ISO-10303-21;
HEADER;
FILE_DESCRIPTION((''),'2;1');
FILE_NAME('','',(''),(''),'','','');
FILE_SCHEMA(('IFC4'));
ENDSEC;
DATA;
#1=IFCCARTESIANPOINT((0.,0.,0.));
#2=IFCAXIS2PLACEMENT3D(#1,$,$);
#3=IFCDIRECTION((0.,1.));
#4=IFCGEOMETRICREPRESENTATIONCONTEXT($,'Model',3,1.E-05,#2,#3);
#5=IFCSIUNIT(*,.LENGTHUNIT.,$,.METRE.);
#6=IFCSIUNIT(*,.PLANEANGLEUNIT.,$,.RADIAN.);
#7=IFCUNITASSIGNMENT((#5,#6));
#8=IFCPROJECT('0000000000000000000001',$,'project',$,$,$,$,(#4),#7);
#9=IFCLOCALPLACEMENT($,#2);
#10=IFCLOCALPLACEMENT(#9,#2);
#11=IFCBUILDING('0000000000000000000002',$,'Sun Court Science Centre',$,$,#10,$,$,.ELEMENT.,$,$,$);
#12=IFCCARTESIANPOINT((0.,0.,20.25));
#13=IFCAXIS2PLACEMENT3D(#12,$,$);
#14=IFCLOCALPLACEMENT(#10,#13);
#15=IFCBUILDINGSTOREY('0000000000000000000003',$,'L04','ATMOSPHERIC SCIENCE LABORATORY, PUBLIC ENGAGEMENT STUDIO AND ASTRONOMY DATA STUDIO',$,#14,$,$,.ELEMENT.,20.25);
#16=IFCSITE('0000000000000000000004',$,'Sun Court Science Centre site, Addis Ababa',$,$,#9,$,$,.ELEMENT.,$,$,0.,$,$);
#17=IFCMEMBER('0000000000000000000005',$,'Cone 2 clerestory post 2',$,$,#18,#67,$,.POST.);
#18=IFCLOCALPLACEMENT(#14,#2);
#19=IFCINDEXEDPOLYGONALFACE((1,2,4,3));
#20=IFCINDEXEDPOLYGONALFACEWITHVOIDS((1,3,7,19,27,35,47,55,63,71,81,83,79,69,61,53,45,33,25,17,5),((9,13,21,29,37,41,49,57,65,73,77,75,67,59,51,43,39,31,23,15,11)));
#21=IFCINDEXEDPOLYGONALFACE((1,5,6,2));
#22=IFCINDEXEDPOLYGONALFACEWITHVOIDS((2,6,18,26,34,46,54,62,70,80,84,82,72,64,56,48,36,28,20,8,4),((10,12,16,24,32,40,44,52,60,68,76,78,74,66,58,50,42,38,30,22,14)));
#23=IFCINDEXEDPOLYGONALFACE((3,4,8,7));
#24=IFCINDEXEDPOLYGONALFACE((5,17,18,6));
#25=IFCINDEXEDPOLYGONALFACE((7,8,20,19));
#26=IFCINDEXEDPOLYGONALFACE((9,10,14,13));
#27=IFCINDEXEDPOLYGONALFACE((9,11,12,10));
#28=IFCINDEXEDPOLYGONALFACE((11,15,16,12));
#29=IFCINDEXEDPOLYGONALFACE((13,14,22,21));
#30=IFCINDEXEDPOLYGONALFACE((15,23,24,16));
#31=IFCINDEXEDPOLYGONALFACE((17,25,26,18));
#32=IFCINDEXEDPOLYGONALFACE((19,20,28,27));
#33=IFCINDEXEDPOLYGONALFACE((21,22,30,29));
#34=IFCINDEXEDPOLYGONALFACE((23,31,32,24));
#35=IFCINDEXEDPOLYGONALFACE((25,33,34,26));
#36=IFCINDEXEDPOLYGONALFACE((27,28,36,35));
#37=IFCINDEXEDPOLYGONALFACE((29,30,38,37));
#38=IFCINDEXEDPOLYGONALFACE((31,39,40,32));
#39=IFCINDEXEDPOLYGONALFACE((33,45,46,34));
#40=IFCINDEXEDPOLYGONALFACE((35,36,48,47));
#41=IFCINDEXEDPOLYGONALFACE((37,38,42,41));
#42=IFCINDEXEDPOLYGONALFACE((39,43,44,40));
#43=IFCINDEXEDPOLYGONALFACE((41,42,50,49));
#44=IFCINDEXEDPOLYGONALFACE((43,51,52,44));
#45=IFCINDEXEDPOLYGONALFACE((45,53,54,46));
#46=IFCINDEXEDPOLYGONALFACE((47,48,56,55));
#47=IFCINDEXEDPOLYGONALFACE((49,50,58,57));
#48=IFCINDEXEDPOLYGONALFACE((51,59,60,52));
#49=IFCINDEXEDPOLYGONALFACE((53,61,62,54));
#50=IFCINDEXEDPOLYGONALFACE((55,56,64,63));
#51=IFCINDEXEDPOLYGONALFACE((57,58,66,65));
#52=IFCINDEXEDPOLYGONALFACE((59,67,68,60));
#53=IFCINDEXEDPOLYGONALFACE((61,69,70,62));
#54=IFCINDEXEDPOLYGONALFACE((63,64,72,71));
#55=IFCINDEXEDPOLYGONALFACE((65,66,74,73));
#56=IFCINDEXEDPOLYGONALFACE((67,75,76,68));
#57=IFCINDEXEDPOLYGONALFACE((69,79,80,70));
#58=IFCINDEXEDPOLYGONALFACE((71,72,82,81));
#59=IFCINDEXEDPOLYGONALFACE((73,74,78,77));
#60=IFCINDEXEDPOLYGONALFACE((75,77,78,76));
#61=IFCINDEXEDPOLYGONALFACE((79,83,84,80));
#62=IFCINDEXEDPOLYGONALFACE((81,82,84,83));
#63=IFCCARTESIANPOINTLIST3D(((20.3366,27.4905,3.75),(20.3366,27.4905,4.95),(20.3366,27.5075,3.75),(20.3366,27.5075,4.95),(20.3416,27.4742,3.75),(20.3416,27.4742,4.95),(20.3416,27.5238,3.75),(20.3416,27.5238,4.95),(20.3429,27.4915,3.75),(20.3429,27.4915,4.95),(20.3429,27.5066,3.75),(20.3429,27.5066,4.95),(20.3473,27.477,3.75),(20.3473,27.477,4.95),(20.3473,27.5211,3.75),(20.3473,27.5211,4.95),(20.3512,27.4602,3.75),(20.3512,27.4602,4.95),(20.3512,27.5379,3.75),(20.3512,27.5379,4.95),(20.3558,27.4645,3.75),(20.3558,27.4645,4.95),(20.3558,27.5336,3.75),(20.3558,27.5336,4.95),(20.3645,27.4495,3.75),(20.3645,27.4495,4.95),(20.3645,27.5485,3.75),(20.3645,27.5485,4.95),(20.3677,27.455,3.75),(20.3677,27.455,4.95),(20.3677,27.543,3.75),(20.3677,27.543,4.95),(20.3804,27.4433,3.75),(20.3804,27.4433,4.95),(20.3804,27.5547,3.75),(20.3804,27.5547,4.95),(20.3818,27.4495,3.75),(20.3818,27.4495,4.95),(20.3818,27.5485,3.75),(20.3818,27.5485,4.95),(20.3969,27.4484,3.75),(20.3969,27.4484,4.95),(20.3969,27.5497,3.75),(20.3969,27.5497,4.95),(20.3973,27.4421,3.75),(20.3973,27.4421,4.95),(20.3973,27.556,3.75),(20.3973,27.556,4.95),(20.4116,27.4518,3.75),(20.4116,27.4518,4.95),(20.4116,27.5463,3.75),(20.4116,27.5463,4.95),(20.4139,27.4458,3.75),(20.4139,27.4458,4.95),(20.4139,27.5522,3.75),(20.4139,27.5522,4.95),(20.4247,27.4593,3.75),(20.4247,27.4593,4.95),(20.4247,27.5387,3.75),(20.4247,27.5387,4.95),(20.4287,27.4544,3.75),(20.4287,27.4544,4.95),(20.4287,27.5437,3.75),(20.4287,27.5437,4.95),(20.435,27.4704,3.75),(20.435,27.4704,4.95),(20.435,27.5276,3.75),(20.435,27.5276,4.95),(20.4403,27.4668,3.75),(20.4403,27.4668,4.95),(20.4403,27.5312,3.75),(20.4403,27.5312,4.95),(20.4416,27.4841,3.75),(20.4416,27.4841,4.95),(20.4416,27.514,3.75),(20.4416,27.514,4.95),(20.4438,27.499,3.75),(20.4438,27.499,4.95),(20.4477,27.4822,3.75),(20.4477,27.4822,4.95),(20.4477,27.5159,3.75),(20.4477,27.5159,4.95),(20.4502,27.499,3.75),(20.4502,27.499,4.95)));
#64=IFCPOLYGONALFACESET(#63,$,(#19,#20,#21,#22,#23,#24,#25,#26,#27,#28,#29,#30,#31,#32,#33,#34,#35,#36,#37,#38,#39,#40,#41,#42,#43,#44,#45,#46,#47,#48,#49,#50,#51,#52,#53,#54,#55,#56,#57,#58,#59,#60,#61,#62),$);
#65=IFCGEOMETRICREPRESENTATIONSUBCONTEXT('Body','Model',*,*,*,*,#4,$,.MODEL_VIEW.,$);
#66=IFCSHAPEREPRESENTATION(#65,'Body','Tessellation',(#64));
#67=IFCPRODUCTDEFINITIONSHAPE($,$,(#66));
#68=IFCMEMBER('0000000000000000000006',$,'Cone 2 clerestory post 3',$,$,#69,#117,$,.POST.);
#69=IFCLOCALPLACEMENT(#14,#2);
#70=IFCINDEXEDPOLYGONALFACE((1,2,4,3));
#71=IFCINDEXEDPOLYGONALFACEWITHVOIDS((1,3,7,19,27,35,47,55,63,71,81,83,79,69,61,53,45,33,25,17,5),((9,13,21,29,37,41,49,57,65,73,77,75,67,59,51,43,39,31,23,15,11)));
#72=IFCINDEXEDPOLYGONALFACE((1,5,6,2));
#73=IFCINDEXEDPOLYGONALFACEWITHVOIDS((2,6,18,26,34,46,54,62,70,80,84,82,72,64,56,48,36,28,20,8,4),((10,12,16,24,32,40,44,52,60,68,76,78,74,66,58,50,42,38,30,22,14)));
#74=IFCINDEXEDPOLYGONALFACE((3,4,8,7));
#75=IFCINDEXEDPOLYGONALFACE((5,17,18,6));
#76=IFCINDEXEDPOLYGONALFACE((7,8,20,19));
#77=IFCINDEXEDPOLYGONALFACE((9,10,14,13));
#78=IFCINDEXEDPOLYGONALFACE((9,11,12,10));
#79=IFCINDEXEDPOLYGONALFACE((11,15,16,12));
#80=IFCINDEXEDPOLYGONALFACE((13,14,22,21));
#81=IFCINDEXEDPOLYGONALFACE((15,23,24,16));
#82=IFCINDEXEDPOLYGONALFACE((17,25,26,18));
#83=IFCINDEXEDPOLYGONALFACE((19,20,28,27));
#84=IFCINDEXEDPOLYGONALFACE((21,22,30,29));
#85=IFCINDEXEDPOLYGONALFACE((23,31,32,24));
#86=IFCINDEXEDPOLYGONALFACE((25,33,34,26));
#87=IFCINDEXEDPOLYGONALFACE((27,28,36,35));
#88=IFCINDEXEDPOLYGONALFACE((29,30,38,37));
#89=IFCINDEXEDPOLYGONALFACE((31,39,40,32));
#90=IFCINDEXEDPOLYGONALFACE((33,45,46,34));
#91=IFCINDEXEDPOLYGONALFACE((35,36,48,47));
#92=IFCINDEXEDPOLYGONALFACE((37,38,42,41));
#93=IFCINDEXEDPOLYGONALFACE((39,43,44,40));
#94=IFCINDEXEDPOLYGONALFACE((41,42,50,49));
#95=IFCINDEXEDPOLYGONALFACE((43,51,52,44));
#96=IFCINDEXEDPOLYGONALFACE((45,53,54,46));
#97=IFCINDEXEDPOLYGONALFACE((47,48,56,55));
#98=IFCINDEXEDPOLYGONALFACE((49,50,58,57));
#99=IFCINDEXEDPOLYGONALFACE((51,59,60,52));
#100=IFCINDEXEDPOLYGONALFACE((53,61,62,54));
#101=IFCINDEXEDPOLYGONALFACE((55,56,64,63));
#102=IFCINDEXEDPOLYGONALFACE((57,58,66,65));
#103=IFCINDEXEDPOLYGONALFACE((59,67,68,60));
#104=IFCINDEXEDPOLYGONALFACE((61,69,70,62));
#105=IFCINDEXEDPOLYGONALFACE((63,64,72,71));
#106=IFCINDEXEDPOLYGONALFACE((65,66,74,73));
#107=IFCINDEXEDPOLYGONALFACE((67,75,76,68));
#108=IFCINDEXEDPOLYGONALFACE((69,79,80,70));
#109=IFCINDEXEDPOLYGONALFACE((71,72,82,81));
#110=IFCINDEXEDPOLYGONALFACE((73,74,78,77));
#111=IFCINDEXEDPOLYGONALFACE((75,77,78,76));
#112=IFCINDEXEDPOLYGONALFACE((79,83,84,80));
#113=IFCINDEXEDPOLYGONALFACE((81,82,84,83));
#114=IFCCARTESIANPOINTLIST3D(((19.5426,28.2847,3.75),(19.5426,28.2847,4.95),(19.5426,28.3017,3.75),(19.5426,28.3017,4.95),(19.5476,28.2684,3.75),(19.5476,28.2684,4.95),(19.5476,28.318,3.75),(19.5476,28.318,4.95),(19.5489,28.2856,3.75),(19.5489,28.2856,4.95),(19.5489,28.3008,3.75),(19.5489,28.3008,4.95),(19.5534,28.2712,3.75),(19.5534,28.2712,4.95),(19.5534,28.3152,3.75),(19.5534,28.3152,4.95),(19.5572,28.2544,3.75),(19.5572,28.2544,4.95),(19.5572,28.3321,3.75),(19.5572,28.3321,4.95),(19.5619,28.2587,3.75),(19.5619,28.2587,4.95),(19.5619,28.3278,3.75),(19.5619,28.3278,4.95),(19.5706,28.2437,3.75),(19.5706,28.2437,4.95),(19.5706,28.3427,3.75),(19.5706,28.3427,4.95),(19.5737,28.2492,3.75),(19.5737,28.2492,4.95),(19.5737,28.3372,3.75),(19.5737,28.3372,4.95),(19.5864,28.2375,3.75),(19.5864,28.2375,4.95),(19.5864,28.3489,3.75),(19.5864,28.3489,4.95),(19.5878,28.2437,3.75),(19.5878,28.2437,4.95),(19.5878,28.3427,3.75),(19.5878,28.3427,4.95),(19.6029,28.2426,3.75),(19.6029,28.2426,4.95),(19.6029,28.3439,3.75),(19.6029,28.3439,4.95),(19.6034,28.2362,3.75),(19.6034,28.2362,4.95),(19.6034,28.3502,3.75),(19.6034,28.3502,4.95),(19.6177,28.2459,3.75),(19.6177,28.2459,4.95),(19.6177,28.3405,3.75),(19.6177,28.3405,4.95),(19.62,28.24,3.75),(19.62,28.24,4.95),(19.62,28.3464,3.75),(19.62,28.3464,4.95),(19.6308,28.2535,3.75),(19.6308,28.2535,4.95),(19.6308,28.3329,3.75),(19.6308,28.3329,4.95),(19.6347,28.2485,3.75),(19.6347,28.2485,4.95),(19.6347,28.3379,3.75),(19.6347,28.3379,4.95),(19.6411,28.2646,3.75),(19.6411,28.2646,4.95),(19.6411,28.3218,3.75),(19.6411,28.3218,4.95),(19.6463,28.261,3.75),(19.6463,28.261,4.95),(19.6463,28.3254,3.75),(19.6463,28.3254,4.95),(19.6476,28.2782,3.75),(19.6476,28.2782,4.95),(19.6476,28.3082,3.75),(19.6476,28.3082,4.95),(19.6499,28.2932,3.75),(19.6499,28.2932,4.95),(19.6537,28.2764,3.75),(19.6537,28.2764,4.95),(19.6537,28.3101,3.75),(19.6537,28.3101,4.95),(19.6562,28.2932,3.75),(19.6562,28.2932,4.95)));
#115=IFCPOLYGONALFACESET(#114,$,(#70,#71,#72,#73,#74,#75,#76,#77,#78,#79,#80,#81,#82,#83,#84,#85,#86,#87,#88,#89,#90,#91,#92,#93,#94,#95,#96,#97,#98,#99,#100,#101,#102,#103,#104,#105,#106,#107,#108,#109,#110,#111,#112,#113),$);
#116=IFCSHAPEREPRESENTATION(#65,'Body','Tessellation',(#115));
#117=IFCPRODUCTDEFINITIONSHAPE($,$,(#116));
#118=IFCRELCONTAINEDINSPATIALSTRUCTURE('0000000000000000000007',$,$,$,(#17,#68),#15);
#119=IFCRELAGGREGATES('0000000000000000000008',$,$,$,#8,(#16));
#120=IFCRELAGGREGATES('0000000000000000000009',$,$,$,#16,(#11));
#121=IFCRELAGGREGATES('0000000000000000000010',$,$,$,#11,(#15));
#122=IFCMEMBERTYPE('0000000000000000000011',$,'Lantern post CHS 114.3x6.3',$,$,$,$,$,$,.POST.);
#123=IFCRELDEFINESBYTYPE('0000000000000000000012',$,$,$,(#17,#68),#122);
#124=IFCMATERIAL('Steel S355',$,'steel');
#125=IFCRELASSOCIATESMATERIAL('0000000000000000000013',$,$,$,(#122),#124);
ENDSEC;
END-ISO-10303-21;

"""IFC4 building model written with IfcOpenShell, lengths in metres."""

from ifc_helpers import new_model, si_unit, direction, frame, origin, origin_2d, place, context, subcontext, project, spatial, hollow_circle, extrude, material, material_profile, profile_set, type_object, element, save


model = new_model("IFC4")

# Units and contexts
model_context = context("Model", 3, precision=1e-05, world=origin(), true_north=direction((0.0, 1.0)))
body_context = subcontext(model_context, "Body", "Model", "MODEL_VIEW")
ifc_project = project(units=[si_unit("LENGTHUNIT", "METRE"), si_unit("PLANEANGLEUNIT", "RADIAN")], contexts=[model_context])

# Site, building, storey
site_placement = place(None, origin())
site = spatial("IfcSite", under=ifc_project, at=site_placement, Name="Sun Court Science Centre site, Addis Ababa", CompositionType="ELEMENT", RefElevation=0.0)
building_placement = place(site_placement, origin())
building = spatial("IfcBuilding", under=site, at=building_placement, Name="Sun Court Science Centre", CompositionType="ELEMENT")
storey_placement = place(building_placement, frame((0.0, 0.0, 20.25)))
storey = spatial("IfcBuildingStorey", under=building, at=storey_placement, Name="L04", Description="ATMOSPHERIC SCIENCE LABORATORY, PUBLIC ENGAGEMENT STUDIO AND ASTRONOMY DATA STUDIO", CompositionType="ELEMENT", Elevation=20.25)

# Members
ifc_material_1 = material(Name="Steel S355", Category="steel")
ifc_material_profile_1 = material_profile(ifc_material_1, hollow_circle(Radius=0.0571, WallThickness=0.0063, at=origin_2d()), Name="CHS 114.3x6.3")
ifc_profile_set_1 = profile_set([ifc_material_profile_1], Name="Steel S355")
member_type_1 = type_object("IfcMemberType", Name="Lantern post CHS 114.3x6.3", PredefinedType="POST", material=ifc_profile_set_1)
for number, where, z_axis, x_axis, name in (
    (1, (20.3931, 27.499, 3.75), (0.0, 0.0, 1.0), (1.0, 0.0, 0.0), "Cone 2 clerestory post 2"),
    (2, (19.5991, 28.2932, 3.75), (0.0, 0.0, 1.0), (1.0, 0.0, 0.0), "Cone 2 clerestory post 3"),
):
    element("IfcMember", number, at=place(storey_placement, frame(where, z_axis=z_axis, x_axis=x_axis)), inside=storey, type_object=member_type_1, Name=name, PredefinedType="POST", context=body_context, shape_type="SweptSolid", body=[
        extrude(hollow_circle(Radius=0.0571, WallThickness=0.0063, at=origin_2d()), origin(), (0.0, 0.0, 1.0), 1.2),
    ])

save(model, "model.ifc")
